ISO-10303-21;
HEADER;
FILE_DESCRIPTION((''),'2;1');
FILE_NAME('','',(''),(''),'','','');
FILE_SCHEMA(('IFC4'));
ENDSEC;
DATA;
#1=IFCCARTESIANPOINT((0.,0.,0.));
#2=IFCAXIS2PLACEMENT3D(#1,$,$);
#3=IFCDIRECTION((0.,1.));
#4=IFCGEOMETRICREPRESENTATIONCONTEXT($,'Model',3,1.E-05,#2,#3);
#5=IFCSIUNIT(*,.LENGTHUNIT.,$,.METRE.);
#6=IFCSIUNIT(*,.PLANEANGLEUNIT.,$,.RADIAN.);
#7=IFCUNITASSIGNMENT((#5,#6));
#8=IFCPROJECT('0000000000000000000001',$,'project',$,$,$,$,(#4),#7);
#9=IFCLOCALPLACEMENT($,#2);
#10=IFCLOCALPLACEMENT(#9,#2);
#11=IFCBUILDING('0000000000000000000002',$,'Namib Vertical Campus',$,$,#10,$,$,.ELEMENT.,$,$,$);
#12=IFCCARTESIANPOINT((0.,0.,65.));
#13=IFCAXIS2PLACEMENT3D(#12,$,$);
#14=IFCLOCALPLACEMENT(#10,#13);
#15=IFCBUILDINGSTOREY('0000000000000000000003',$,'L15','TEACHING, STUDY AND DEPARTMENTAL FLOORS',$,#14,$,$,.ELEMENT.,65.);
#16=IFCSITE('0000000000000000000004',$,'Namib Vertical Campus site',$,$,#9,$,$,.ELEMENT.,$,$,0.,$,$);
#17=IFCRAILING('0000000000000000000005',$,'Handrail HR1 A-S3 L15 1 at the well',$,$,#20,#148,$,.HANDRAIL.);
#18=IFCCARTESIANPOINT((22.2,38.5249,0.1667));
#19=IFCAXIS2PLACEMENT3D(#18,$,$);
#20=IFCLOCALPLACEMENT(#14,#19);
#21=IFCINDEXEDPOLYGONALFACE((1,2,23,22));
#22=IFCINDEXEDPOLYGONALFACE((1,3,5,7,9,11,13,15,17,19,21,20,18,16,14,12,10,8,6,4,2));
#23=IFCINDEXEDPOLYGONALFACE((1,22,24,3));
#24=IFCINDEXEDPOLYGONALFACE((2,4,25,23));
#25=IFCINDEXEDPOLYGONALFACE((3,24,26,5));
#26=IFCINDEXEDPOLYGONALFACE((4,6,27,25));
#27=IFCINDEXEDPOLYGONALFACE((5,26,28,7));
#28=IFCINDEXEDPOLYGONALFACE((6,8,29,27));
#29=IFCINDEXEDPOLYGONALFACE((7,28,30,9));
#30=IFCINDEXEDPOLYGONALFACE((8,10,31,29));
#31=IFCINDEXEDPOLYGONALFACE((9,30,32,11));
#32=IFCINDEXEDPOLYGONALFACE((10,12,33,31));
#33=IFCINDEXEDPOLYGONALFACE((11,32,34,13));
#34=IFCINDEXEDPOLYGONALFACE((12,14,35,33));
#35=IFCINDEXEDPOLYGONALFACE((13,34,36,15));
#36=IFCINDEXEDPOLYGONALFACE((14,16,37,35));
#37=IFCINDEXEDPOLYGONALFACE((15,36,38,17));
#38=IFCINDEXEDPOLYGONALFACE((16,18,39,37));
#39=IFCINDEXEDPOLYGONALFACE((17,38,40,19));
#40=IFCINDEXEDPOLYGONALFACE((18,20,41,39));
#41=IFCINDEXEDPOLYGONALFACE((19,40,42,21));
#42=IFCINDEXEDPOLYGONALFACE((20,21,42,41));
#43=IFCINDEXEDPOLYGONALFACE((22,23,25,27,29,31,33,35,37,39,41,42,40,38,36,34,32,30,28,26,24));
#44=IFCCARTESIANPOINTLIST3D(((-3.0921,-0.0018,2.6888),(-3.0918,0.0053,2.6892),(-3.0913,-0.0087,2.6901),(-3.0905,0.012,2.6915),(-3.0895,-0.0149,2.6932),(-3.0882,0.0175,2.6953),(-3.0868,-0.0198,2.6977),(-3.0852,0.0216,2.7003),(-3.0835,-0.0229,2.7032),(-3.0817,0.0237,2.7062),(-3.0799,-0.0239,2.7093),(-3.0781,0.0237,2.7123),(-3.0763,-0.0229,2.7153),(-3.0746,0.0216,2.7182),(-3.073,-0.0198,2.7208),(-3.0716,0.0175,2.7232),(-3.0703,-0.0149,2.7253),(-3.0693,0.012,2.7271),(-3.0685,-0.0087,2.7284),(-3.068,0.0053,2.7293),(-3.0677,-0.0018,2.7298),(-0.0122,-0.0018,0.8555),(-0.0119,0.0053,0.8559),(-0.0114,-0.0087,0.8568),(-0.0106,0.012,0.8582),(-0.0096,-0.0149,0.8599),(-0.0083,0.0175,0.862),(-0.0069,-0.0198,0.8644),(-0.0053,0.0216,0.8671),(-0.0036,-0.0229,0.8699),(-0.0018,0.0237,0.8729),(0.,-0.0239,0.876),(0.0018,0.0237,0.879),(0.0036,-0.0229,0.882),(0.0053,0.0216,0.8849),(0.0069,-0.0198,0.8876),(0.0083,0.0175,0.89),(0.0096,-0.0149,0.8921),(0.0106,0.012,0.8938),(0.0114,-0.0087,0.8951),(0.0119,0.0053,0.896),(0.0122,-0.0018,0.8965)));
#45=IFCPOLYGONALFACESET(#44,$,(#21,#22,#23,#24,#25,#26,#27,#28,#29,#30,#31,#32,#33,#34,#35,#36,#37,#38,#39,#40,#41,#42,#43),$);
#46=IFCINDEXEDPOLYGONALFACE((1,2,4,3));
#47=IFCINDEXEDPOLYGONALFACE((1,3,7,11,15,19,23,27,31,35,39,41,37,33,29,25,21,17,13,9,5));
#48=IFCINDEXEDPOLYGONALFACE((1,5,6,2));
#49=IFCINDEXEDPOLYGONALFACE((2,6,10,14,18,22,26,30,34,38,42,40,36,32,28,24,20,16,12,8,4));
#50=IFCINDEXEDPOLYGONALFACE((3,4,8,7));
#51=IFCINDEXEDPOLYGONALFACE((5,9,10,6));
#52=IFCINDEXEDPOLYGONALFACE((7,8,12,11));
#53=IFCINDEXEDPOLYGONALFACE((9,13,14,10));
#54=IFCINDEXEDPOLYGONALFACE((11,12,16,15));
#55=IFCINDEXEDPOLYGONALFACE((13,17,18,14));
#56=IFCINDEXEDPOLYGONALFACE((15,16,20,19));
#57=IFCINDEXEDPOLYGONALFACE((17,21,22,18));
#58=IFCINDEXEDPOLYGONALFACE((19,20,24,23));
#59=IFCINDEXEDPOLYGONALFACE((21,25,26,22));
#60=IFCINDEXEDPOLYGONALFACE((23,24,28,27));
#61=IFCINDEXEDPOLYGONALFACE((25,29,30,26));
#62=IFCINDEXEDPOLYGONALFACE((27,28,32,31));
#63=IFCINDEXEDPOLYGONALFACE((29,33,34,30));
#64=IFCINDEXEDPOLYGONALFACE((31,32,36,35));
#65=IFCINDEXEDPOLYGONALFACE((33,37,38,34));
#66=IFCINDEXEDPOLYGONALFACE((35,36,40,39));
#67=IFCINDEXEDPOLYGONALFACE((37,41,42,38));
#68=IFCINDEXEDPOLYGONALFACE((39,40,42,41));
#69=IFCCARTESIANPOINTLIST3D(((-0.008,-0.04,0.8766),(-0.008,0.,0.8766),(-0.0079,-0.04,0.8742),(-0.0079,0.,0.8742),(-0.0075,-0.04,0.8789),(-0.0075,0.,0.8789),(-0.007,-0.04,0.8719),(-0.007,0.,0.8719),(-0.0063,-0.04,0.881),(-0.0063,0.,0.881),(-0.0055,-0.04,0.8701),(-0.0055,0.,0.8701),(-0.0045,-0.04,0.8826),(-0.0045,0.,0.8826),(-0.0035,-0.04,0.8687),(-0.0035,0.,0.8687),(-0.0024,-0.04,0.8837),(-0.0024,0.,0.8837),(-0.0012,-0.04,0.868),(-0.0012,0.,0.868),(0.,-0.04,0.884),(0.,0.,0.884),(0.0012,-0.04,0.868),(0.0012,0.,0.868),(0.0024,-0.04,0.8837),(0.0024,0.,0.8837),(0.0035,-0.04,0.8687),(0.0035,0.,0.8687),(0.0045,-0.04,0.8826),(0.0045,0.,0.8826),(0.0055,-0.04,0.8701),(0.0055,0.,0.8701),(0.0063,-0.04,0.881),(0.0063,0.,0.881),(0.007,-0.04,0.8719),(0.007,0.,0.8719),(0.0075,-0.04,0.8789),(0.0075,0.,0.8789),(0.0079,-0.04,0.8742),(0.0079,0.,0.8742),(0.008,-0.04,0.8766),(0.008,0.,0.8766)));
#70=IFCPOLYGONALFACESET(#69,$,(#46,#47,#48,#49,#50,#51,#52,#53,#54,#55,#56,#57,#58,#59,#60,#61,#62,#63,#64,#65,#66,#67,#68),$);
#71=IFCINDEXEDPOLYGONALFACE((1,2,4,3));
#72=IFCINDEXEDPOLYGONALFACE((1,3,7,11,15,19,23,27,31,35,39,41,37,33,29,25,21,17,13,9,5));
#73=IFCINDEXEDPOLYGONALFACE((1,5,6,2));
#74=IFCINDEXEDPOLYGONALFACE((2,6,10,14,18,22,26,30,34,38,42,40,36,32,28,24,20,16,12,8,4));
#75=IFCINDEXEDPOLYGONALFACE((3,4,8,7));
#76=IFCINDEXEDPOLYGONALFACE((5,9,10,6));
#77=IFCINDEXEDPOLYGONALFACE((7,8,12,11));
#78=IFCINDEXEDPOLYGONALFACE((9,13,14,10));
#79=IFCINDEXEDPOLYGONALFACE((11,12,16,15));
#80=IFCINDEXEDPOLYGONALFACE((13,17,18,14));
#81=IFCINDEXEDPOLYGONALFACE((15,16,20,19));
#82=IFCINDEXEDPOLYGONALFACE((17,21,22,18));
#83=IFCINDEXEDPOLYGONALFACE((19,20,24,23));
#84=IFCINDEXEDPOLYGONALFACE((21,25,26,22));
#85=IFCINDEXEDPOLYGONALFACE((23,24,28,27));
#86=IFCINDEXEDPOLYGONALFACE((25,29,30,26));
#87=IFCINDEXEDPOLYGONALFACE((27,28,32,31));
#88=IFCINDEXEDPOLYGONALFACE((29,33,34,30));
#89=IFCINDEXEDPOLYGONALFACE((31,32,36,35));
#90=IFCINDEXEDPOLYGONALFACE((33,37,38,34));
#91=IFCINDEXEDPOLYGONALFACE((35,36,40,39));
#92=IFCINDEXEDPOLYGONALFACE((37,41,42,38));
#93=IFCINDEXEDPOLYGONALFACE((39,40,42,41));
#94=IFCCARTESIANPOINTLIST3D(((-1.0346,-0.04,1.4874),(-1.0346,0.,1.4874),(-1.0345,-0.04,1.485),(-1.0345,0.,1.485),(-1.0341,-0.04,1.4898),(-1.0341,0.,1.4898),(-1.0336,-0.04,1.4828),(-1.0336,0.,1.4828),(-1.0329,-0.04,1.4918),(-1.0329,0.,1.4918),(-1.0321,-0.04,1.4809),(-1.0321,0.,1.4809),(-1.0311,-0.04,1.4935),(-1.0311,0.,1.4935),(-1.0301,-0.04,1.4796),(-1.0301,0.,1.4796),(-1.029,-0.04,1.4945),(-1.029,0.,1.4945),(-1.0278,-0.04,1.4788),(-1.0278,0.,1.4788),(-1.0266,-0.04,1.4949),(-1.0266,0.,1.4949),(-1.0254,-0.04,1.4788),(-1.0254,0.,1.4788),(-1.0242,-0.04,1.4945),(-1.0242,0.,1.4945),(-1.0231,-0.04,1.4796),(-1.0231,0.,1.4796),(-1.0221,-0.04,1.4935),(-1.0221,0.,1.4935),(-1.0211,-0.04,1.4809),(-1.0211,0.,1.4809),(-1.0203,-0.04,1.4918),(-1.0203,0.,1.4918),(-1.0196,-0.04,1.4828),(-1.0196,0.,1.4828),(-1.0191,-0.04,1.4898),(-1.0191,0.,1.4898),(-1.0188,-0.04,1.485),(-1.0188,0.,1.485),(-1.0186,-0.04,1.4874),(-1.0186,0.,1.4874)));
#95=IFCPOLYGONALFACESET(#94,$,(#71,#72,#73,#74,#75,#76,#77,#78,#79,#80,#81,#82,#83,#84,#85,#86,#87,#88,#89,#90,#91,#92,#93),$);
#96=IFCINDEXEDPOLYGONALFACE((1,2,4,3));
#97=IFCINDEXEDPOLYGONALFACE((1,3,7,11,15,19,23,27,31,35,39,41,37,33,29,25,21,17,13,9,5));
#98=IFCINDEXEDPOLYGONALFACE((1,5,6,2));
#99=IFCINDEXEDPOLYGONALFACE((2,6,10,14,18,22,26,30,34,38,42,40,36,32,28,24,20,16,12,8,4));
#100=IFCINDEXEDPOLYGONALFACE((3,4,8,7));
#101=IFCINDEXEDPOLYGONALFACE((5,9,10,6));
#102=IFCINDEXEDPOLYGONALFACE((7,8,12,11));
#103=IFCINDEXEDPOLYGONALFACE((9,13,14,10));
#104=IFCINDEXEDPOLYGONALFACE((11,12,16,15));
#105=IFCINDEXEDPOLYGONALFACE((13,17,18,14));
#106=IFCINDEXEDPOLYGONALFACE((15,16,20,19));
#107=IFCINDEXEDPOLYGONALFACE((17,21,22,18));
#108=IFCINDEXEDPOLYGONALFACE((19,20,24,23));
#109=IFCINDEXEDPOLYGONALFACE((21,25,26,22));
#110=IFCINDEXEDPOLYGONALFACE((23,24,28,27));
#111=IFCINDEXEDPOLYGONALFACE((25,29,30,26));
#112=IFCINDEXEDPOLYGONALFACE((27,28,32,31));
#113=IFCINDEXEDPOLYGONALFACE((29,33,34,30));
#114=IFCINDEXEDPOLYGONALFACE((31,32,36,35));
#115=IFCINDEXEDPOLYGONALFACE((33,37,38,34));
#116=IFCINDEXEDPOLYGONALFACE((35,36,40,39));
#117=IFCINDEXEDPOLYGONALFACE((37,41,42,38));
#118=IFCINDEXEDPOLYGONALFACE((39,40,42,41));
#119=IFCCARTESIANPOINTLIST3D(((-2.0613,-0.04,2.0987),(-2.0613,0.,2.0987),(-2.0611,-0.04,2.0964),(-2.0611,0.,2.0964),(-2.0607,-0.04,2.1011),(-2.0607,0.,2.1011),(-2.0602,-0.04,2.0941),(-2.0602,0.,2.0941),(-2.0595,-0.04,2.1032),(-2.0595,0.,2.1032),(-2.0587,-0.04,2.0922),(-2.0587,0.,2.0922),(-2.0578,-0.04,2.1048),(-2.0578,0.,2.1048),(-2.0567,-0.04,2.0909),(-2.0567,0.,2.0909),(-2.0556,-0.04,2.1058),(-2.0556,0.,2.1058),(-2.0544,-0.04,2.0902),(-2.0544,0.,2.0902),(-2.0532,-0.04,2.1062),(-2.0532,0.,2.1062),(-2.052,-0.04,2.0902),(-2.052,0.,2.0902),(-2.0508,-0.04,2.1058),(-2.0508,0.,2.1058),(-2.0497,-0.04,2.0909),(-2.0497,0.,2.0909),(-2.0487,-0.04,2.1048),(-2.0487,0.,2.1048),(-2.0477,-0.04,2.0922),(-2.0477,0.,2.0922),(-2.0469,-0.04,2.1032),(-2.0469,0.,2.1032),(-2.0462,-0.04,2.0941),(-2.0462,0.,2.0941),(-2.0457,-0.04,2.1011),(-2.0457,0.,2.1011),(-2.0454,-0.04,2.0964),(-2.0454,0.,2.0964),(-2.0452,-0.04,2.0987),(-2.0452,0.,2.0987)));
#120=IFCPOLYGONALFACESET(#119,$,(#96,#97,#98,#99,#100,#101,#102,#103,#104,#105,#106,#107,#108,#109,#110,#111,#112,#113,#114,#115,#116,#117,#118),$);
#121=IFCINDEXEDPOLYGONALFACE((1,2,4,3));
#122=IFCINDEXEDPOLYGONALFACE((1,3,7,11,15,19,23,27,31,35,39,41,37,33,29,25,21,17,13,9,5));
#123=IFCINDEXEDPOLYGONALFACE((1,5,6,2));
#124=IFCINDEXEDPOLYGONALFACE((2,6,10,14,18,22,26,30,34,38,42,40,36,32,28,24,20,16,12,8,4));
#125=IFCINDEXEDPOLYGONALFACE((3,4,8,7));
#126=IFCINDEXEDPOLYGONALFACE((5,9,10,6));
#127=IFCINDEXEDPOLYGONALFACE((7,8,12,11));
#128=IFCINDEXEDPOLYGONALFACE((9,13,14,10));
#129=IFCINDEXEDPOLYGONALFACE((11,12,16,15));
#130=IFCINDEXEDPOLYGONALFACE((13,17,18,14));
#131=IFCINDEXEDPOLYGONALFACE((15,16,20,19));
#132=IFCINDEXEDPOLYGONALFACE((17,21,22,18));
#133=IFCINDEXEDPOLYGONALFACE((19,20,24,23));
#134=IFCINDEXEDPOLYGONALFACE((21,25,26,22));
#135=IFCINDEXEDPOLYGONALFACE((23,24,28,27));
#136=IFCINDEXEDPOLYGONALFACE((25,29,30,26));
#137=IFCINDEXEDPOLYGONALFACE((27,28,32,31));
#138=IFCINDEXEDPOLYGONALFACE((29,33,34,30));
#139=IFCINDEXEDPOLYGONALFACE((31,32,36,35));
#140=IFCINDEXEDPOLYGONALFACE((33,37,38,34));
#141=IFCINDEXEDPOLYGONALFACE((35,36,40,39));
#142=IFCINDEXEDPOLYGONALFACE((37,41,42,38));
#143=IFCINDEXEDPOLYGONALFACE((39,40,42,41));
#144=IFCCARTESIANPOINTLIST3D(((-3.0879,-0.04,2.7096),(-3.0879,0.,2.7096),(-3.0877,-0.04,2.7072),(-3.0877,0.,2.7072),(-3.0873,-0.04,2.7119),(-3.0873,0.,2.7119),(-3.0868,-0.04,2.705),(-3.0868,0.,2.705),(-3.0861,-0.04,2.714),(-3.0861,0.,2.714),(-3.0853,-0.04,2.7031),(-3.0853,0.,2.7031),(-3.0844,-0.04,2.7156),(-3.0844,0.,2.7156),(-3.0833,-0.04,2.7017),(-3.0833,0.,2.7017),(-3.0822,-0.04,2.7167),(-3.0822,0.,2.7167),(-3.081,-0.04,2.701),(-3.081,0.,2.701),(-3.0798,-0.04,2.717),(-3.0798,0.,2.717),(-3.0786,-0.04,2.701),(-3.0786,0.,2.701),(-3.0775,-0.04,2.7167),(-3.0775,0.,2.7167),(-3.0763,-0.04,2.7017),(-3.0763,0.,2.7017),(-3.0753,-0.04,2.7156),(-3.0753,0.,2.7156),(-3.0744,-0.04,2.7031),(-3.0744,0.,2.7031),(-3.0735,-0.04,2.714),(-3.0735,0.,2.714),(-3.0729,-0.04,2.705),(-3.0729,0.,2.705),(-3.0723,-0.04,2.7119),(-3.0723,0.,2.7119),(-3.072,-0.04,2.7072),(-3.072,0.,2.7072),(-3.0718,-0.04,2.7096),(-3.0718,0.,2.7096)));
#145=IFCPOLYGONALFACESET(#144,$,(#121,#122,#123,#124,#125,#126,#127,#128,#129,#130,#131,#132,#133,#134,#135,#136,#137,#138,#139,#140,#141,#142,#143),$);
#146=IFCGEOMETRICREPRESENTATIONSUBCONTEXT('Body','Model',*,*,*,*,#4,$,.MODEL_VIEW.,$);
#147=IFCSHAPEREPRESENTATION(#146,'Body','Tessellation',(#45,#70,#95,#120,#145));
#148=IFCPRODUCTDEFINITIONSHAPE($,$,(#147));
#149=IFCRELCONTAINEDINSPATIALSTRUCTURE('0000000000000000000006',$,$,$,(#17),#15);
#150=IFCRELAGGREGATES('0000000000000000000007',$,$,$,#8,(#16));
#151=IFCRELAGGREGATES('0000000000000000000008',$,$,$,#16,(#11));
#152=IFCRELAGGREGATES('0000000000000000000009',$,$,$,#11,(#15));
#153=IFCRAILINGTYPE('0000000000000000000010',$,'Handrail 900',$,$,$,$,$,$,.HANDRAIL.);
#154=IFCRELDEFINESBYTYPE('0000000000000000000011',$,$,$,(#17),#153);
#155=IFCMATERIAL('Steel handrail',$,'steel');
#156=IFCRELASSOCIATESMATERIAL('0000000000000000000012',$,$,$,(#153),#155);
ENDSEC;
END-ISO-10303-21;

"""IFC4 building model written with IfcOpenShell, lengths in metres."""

from ifc_helpers import new_model, si_unit, direction, frame, origin, origin_2d, place, context, subcontext, project, spatial, circle, extrude, material, type_object, element, save


model = new_model("IFC4")

# Units and contexts
model_context = context("Model", 3, precision=1e-05, world=origin(), true_north=direction((0.0, 1.0)))
body_context = subcontext(model_context, "Body", "Model", "MODEL_VIEW")
ifc_project = project(units=[si_unit("LENGTHUNIT", "METRE"), si_unit("PLANEANGLEUNIT", "RADIAN")], contexts=[model_context])

# Site, building, storey
site_placement = place(None, origin())
site = spatial("IfcSite", under=ifc_project, at=site_placement, Name="Namib Vertical Campus site", CompositionType="ELEMENT", RefElevation=0.0)
building_placement = place(site_placement, origin())
building = spatial("IfcBuilding", under=site, at=building_placement, Name="Namib Vertical Campus", CompositionType="ELEMENT")
storey_placement = place(building_placement, frame((0.0, 0.0, 65.0)))
storey = spatial("IfcBuildingStorey", under=building, at=storey_placement, Name="L15", Description="TEACHING, STUDY AND DEPARTMENTAL FLOORS", CompositionType="ELEMENT", Elevation=65.0)

# Railing
ifc_material_1 = material(Name="Steel handrail", Category="steel")
railing_type_1 = type_object("IfcRailingType", Name="Handrail 900", PredefinedType="HANDRAIL", material=ifc_material_1)
railing_1_placement = place(storey_placement, frame((22.2, 38.5249, 0.1667)))
element("IfcRailing", 1, at=railing_1_placement, inside=storey, type_object=railing_type_1, Name="Handrail HR1 A-S3 L15 1 at the well", PredefinedType="HANDRAIL", context=body_context, shape_type="SweptSolid", body=[
    extrude(circle(Radius=0.0239, at=origin_2d()), frame((0.0, 0.0, 0.876), z_axis=(-0.859291, 0.0, 0.511487), x_axis=(0.0, -1.0, 0.0)), (0.0, 0.0, 1.0), 3.5842),
    extrude(circle(Radius=0.0081, at=origin_2d()), frame((0.0, 0.0, 0.876), z_axis=(0.0, -1.0, 0.0), x_axis=(0.0, 0.0, 1.0)), (0.0, 0.0, 1.0), 0.04),
    extrude(circle(Radius=0.0081, at=origin_2d()), frame((-1.0266, 0.0, 1.4868), z_axis=(0.0, -1.0, 0.0), x_axis=(0.0, 0.0, 1.0)), (0.0, 0.0, 1.0), 0.04),
    extrude(circle(Radius=0.0081, at=origin_2d()), frame((-2.0532, 0.0, 2.0981), z_axis=(0.0, -1.0, 0.0), x_axis=(0.0, 0.0, 1.0)), (0.0, 0.0, 1.0), 0.04),
    extrude(circle(Radius=0.0081, at=origin_2d()), frame((-3.0798, 0.0, 2.709), z_axis=(0.0, -1.0, 0.0), x_axis=(0.0, 0.0, 1.0)), (0.0, 0.0, 1.0), 0.04),
])

save(model, "model.ifc")
